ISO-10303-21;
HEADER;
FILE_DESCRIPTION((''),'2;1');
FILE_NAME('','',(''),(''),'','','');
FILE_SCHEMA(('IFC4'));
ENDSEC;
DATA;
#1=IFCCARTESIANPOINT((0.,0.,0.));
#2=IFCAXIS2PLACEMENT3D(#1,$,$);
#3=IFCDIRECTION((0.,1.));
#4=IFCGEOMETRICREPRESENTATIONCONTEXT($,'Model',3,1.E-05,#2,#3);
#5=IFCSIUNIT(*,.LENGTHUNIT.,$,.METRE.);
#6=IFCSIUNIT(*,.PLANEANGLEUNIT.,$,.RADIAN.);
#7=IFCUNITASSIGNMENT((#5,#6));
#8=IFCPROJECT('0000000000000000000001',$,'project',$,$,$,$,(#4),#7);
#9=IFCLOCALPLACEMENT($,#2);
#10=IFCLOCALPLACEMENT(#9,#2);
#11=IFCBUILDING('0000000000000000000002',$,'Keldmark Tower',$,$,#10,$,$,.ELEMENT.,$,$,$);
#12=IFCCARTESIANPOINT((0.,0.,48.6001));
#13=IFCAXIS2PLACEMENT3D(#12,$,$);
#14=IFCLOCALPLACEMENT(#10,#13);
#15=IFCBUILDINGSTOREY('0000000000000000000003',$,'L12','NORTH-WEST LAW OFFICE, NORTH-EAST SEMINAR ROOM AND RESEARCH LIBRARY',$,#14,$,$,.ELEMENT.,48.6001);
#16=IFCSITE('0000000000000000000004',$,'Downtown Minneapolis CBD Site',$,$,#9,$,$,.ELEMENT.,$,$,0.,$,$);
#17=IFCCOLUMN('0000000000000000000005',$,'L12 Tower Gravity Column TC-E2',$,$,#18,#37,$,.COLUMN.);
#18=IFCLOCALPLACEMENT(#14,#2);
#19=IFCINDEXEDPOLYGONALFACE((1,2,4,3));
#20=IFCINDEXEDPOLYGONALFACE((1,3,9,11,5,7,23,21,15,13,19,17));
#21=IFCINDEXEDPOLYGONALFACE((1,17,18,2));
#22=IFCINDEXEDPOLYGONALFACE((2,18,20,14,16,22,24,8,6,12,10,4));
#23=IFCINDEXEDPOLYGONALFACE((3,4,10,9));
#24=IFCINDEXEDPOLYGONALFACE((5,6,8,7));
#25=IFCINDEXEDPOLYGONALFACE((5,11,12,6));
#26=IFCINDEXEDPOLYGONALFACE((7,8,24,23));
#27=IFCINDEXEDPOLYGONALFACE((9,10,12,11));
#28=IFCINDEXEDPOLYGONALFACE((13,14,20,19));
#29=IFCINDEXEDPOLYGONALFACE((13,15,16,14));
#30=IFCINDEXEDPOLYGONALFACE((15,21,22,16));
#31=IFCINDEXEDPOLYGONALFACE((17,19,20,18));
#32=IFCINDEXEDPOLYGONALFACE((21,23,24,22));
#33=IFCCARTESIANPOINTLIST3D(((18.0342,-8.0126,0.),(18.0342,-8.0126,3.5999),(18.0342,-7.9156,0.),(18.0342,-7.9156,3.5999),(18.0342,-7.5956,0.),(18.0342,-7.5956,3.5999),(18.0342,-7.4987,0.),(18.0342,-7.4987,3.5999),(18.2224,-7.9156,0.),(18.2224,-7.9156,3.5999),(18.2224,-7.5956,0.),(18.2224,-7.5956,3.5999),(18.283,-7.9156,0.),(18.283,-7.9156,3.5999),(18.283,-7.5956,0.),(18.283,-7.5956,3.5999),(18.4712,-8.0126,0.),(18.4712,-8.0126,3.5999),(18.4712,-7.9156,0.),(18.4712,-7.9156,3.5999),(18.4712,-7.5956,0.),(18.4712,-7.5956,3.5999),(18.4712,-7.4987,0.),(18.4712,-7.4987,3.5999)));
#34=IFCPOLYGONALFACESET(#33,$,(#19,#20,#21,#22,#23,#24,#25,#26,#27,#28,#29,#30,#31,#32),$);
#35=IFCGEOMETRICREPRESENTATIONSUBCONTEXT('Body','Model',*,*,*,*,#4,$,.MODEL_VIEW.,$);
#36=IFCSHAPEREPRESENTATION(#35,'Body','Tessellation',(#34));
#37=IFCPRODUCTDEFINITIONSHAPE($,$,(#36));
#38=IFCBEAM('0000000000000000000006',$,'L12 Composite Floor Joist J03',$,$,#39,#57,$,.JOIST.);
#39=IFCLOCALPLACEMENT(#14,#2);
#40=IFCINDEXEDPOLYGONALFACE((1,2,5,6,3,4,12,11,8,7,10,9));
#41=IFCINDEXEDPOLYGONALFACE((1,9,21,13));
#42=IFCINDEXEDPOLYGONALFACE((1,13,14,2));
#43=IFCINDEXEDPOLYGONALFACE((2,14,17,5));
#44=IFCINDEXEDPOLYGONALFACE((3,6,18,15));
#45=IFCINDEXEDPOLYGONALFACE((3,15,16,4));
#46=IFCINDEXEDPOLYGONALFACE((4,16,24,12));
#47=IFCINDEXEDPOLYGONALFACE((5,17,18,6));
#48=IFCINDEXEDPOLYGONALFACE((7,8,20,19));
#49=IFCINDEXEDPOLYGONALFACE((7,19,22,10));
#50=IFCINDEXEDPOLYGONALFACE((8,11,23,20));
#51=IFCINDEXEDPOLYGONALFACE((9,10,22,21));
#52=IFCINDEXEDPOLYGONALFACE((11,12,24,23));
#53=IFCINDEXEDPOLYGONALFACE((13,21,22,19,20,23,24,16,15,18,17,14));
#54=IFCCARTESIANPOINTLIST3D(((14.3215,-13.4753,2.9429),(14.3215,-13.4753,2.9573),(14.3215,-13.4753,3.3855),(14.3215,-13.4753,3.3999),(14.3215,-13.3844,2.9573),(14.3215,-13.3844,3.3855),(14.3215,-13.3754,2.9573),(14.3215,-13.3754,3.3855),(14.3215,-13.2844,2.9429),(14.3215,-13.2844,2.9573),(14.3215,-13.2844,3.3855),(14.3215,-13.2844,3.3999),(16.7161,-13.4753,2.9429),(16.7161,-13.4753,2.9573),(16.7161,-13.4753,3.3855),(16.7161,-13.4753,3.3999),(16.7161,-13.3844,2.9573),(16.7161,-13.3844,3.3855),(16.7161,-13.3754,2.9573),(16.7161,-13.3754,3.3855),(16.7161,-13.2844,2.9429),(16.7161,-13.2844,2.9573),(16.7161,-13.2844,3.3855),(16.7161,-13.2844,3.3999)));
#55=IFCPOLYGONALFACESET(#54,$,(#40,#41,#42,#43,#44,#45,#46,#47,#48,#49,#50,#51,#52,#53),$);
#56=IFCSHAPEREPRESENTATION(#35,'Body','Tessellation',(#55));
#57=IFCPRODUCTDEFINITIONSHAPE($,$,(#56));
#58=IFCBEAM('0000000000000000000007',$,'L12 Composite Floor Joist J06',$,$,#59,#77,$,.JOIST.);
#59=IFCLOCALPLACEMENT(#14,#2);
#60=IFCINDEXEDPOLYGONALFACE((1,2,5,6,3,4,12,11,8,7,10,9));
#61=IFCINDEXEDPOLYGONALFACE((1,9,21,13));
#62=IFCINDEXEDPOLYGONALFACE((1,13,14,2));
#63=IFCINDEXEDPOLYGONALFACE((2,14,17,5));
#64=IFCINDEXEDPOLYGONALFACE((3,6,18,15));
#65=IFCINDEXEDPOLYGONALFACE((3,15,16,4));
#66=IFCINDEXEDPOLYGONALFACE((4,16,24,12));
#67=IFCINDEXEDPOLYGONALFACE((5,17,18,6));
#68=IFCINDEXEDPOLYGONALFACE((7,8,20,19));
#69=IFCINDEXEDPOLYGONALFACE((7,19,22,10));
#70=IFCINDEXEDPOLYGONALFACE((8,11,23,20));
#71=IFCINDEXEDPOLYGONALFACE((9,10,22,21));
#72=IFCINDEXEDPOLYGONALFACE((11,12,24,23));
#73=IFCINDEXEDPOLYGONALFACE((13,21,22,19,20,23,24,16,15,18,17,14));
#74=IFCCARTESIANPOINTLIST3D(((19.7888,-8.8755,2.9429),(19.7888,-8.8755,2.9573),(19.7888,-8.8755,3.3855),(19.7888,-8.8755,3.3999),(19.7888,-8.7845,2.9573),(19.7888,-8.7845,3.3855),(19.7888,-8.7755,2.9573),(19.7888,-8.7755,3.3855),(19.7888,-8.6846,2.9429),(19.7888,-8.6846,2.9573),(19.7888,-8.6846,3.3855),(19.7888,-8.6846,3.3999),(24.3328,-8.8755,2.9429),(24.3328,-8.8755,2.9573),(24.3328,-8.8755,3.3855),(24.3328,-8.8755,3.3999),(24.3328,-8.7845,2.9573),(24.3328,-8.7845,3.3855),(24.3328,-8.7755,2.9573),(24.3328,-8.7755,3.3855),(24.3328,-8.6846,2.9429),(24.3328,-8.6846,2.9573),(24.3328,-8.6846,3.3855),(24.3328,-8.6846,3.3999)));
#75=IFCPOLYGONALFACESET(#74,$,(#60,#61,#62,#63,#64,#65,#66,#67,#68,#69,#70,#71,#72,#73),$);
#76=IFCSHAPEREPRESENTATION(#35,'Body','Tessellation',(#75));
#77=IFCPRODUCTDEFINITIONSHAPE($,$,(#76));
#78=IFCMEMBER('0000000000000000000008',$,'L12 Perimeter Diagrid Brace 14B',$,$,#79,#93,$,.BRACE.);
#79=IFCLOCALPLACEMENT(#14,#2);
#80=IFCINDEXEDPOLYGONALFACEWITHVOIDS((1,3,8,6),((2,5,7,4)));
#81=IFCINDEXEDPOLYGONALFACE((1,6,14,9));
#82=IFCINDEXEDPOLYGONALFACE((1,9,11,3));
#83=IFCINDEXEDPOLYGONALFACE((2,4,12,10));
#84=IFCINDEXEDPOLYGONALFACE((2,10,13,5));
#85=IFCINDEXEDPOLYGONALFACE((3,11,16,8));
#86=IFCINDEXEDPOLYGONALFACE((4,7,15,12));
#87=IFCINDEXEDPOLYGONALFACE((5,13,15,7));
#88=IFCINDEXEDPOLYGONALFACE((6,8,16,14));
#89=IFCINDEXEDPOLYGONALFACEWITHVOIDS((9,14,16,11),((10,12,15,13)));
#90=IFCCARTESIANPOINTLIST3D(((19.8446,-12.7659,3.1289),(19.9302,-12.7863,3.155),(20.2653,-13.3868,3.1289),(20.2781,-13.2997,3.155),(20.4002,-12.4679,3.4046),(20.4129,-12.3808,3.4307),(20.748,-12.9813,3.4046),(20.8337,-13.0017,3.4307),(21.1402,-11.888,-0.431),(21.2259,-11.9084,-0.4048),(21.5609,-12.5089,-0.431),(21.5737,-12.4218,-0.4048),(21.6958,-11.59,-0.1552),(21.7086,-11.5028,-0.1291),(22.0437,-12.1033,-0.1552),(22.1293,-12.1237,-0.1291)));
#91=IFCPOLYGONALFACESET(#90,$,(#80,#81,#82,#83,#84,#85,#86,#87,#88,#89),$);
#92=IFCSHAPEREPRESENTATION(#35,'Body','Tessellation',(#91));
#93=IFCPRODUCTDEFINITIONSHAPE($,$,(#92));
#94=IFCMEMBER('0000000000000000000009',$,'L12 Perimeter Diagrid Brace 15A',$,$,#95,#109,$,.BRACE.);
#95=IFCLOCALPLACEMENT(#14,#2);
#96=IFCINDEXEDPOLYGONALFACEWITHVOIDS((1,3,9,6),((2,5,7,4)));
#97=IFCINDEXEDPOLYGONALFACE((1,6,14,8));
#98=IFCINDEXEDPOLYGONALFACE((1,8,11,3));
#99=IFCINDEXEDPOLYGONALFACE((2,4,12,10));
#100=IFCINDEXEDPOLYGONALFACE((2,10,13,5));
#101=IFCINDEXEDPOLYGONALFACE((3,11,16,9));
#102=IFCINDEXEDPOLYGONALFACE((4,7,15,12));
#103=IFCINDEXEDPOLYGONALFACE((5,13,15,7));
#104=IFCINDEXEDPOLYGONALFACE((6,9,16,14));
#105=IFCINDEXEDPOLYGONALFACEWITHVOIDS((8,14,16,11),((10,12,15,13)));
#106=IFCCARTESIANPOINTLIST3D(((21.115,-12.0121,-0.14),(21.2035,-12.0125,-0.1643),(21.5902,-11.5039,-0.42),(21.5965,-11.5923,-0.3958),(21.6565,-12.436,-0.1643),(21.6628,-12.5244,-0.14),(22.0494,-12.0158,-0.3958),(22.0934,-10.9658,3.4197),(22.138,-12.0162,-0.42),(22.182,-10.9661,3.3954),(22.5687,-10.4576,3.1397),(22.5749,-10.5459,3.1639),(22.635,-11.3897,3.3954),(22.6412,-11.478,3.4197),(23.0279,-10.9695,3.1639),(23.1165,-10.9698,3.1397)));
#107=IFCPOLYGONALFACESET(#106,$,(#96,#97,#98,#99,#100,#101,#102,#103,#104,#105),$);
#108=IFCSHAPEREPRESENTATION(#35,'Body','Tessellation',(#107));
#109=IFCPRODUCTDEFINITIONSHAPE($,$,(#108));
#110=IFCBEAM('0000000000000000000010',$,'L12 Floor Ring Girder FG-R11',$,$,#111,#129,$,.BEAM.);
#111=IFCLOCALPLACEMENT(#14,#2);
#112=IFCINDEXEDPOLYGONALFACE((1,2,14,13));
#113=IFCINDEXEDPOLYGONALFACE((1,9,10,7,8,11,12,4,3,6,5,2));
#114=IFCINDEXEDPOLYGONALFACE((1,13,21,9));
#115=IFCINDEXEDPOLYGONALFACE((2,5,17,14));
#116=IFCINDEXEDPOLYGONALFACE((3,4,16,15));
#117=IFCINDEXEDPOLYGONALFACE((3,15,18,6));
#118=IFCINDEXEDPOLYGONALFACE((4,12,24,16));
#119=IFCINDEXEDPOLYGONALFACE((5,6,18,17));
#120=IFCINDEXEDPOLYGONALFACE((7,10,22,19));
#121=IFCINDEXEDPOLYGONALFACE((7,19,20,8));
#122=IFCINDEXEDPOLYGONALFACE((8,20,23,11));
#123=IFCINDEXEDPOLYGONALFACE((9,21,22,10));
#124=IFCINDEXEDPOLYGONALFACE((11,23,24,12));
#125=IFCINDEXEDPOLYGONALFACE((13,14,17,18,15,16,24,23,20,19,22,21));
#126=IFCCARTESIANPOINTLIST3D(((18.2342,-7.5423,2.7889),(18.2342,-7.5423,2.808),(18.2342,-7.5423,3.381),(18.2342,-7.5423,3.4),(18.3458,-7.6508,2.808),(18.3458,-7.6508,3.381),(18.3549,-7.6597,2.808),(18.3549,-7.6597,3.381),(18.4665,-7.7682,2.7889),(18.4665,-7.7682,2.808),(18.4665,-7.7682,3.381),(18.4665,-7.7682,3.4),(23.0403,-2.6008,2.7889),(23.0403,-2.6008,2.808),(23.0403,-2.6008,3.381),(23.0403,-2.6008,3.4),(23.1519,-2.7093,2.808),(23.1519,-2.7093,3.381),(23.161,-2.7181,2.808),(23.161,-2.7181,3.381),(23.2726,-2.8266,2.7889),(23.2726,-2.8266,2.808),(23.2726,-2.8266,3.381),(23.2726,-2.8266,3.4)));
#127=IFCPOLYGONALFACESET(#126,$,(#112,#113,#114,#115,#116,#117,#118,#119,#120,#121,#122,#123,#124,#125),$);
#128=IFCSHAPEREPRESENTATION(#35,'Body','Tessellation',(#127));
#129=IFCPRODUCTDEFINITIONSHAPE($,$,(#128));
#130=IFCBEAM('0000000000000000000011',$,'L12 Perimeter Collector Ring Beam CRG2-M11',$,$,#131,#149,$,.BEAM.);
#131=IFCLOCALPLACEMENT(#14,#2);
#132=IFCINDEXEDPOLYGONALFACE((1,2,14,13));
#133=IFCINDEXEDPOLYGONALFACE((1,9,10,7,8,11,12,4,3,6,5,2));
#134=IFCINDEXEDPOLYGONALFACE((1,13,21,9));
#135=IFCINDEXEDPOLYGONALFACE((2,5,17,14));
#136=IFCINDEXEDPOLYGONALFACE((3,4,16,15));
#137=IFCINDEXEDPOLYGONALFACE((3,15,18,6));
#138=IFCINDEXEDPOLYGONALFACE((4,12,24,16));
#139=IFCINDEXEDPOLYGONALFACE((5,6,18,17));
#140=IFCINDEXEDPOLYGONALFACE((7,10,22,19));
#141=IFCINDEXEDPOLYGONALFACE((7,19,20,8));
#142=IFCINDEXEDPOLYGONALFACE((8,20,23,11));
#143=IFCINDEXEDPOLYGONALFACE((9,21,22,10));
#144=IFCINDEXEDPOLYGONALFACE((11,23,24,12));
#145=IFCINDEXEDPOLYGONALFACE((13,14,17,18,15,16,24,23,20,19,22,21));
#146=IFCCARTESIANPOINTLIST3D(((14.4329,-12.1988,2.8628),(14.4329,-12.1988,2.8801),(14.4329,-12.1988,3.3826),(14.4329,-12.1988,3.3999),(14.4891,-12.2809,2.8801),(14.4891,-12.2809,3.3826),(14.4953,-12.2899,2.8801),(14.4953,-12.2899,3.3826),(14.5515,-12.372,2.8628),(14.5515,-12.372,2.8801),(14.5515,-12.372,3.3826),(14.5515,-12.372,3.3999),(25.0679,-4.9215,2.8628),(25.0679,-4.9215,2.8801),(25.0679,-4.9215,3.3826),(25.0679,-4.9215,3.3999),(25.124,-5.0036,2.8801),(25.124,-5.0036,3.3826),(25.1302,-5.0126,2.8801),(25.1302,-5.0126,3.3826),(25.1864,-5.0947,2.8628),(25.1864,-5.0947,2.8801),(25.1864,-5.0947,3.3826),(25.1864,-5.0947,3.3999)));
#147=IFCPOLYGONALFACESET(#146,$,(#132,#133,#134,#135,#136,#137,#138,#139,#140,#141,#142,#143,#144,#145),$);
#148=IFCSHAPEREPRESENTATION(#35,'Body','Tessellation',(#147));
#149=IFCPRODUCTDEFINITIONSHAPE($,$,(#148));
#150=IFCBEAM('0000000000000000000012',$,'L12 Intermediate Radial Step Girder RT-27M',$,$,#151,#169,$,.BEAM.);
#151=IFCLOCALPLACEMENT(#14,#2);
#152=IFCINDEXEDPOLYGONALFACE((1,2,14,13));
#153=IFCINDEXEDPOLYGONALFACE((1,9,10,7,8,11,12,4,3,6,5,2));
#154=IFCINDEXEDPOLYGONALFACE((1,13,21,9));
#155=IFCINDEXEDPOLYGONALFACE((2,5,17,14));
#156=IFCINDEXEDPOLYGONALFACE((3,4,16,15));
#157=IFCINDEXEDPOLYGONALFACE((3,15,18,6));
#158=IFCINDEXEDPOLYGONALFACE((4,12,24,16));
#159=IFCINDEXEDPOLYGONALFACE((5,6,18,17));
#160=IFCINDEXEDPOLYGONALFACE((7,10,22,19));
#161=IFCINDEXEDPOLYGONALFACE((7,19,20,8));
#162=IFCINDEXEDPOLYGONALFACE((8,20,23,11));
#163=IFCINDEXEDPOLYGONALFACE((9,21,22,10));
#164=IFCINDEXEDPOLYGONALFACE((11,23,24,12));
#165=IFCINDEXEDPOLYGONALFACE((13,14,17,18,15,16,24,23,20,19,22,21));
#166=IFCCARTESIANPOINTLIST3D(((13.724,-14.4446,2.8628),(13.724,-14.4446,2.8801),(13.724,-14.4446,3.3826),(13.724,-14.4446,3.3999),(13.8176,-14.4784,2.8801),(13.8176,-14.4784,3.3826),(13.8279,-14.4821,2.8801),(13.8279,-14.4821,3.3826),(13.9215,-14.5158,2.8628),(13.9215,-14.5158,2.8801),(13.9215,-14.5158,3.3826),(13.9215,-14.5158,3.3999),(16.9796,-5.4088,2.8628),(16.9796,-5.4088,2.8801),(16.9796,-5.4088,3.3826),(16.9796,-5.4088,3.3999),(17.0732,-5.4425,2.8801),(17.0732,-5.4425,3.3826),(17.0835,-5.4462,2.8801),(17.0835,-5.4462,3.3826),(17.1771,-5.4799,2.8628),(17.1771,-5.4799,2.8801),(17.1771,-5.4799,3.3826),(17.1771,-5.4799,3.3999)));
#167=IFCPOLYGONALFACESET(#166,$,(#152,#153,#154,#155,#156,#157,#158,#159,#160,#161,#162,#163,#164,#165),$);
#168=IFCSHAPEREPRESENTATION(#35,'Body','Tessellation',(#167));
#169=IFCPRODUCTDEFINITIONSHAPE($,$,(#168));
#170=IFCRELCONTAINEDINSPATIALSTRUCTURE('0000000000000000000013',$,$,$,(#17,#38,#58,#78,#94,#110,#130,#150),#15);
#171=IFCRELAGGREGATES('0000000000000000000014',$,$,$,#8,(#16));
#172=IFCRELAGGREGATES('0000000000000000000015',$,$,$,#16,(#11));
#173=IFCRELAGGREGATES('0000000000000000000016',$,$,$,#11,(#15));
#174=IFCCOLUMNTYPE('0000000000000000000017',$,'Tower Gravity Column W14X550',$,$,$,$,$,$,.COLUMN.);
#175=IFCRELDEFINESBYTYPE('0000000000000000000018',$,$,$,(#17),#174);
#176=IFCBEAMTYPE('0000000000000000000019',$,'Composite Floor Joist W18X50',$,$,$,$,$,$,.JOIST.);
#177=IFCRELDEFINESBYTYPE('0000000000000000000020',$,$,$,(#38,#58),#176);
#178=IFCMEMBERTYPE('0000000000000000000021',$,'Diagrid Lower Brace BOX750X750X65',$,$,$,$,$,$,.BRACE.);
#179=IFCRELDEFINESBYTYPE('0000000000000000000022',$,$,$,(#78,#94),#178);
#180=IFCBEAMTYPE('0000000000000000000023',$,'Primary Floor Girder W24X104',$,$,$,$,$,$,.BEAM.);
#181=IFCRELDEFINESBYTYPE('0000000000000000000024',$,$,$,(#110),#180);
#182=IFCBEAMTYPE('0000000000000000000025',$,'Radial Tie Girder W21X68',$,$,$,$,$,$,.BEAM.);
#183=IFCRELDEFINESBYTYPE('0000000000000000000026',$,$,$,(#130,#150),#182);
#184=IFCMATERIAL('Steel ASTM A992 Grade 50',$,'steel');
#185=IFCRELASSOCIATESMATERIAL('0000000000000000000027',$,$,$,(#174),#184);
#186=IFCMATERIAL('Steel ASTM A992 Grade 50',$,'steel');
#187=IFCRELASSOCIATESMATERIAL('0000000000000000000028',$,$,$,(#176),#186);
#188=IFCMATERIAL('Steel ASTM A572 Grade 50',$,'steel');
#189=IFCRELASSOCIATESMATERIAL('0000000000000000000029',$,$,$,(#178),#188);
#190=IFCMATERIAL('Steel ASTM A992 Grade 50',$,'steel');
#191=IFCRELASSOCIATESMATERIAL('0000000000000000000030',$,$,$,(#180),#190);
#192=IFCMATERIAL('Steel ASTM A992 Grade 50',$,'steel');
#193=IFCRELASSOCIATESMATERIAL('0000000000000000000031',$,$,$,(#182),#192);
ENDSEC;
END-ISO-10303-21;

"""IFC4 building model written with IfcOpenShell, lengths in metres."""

from ifc_helpers import new_model, si_unit, direction, frame, origin, origin_2d, place, context, subcontext, project, spatial, hollow_rectangle, i_section, extrude, material, material_profile, profile_set, type_object, element, save


model = new_model("IFC4")

# Units and contexts
model_context = context("Model", 3, precision=1e-05, world=origin(), true_north=direction((0.0, 1.0)))
body_context = subcontext(model_context, "Body", "Model", "MODEL_VIEW")
ifc_project = project(units=[si_unit("LENGTHUNIT", "METRE"), si_unit("PLANEANGLEUNIT", "RADIAN")], contexts=[model_context])

# Site, building, storey
site_placement = place(None, origin())
site = spatial("IfcSite", under=ifc_project, at=site_placement, Name="Downtown Minneapolis CBD Site", CompositionType="ELEMENT", RefElevation=0.0)
building_placement = place(site_placement, origin())
building = spatial("IfcBuilding", under=site, at=building_placement, Name="Keldmark Tower", CompositionType="ELEMENT")
storey_placement = place(building_placement, frame((0.0, 0.0, 48.6001)))
storey = spatial("IfcBuildingStorey", under=building, at=storey_placement, Name="L12", Description="NORTH-WEST LAW OFFICE, NORTH-EAST SEMINAR ROOM AND RESEARCH LIBRARY", CompositionType="ELEMENT", Elevation=48.6001)

# Column
ifc_material_1 = material(Name="Steel ASTM A992 Grade 50", Category="steel")
ifc_material_profile_1 = material_profile(ifc_material_1, i_section(OverallWidth=0.437, OverallDepth=0.5139, WebThickness=0.0605, FlangeThickness=0.0969, at=origin_2d()), Name="W14X550")
ifc_profile_set_1 = profile_set([ifc_material_profile_1], Name="Steel ASTM A992 Grade 50")
column_type = type_object("IfcColumnType", Name="Tower Gravity Column W14X550", PredefinedType="COLUMN", material=ifc_profile_set_1)
column_placement = place(storey_placement, frame((18.2527, -7.7556, 0.0), z_axis=(0.0, 0.0, 1.0), x_axis=(1.0, 0.0, 0.0)))
element("IfcColumn", 1, at=column_placement, inside=storey, type_object=column_type, Name="L12 Tower Gravity Column TC-E2", PredefinedType="COLUMN", context=body_context, shape_type="SweptSolid", body=[
    extrude(i_section(OverallWidth=0.437, OverallDepth=0.5139, WebThickness=0.0605, FlangeThickness=0.0969, at=origin_2d()), origin(), (0.0, 0.0, 1.0), 3.5999),
])

# Beams
ifc_material_2 = material(Name="Steel ASTM A992 Grade 50", Category="steel")
ifc_material_profile_2 = material_profile(ifc_material_2, i_section(OverallWidth=0.1909, OverallDepth=0.457, WebThickness=0.009, FlangeThickness=0.0144, at=origin_2d()), Name="W18X50")
ifc_profile_set_2 = profile_set([ifc_material_profile_2], Name="Steel ASTM A992 Grade 50")
beam_type_1 = type_object("IfcBeamType", Name="Composite Floor Joist W18X50", PredefinedType="JOIST", material=ifc_profile_set_2)
beam_1_placement = place(storey_placement, frame((14.3215, -13.3799, 3.1714), z_axis=(1.0, 0.0, 0.0), x_axis=(0.0, 1.0, 0.0)))
element("IfcBeam", 2, at=beam_1_placement, inside=storey, type_object=beam_type_1, Name="L12 Composite Floor Joist J03", PredefinedType="JOIST", context=body_context, shape_type="SweptSolid", body=[
    extrude(i_section(OverallWidth=0.1909, OverallDepth=0.457, WebThickness=0.009, FlangeThickness=0.0144, at=origin_2d()), origin(), (0.0, 0.0, 1.0), 2.3945),
])
beam_2_placement = place(storey_placement, frame((19.7888, -8.78, 3.1714), z_axis=(1.0, 0.0, 0.0), x_axis=(0.0, 1.0, 0.0)))
element("IfcBeam", 3, at=beam_2_placement, inside=storey, type_object=beam_type_1, Name="L12 Composite Floor Joist J06", PredefinedType="JOIST", context=body_context, shape_type="SweptSolid", body=[
    extrude(i_section(OverallWidth=0.1909, OverallDepth=0.457, WebThickness=0.009, FlangeThickness=0.0144, at=origin_2d()), origin(), (0.0, 0.0, 1.0), 4.5439),
])

# Members
ifc_material_3 = material(Name="Steel ASTM A572 Grade 50", Category="steel")
ifc_material_profile_3 = material_profile(ifc_material_3, hollow_rectangle(XDim=0.75, YDim=0.75, WallThickness=0.0649, at=origin_2d()), Name="BOX750X750X65")
ifc_profile_set_3 = profile_set([ifc_material_profile_3], Name="Steel ASTM A572 Grade 50")
member_type = type_object("IfcMemberType", Name="Diagrid Lower Brace BOX750X750X65", PredefinedType="BRACE", material=ifc_profile_set_3)
member_1_placement = place(storey_placement, frame((21.6348, -12.0059, -0.28), z_axis=(-0.333187, -0.225766, 0.915432), x_axis=(0.560948, -0.827851, 0.0)))
element("IfcMember", 4, at=member_1_placement, inside=storey, type_object=member_type, Name="L12 Perimeter Diagrid Brace 14B", PredefinedType="BRACE", context=body_context, shape_type="SweptSolid", body=[
    extrude(hollow_rectangle(XDim=0.75, YDim=0.75, WallThickness=0.0649, at=origin_2d()), origin(), (0.0, 0.0, 1.0), 3.8887),
])
member_2_placement = place(storey_placement, frame((21.6265, -12.0142, -0.28), z_axis=(0.255003, 0.27269, 0.927693), x_axis=(-0.730398, 0.683022, 0.0)))
element("IfcMember", 5, at=member_2_placement, inside=storey, type_object=member_type, Name="L12 Perimeter Diagrid Brace 15A", PredefinedType="BRACE", context=body_context, shape_type="SweptSolid", body=[
    extrude(hollow_rectangle(XDim=0.75, YDim=0.75, WallThickness=0.0649, at=origin_2d()), origin(), (0.0, 0.0, 1.0), 3.8372),
])

# Beams
ifc_material_4 = material(Name="Steel ASTM A992 Grade 50", Category="steel")
ifc_material_profile_4 = material_profile(ifc_material_4, i_section(OverallWidth=0.324, OverallDepth=0.6111, WebThickness=0.0127, FlangeThickness=0.019, at=origin_2d()), Name="W24X104")
ifc_profile_set_4 = profile_set([ifc_material_profile_4], Name="Steel ASTM A992 Grade 50")
beam_type_2 = type_object("IfcBeamType", Name="Primary Floor Girder W24X104", PredefinedType="BEAM", material=ifc_profile_set_4)
beam_3_placement = place(storey_placement, frame((18.3503, -7.6553, 3.0945), z_axis=(0.69721, 0.716867, 0.0), x_axis=(-0.716867, 0.69721, 0.0)))
element("IfcBeam", 6, at=beam_3_placement, inside=storey, type_object=beam_type_2, Name="L12 Floor Ring Girder FG-R11", PredefinedType="BEAM", context=body_context, shape_type="SweptSolid", body=[
    extrude(i_section(OverallWidth=0.324, OverallDepth=0.6111, WebThickness=0.0127, FlangeThickness=0.019, at=origin_2d()), origin(), (0.0, 0.0, 1.0), 6.8933),
])
ifc_material_5 = material(Name="Steel ASTM A992 Grade 50", Category="steel")
ifc_material_profile_5 = material_profile(ifc_material_5, i_section(OverallWidth=0.21, OverallDepth=0.5371, WebThickness=0.011, FlangeThickness=0.0173, at=origin_2d()), Name="W21X68")
ifc_profile_set_5 = profile_set([ifc_material_profile_5], Name="Steel ASTM A992 Grade 50")
beam_type_3 = type_object("IfcBeamType", Name="Radial Tie Girder W21X68", PredefinedType="BEAM", material=ifc_profile_set_5)
beam_4_placement = place(storey_placement, frame((14.4922, -12.2854, 3.1313), z_axis=(0.82528, 0.564724, 0.0), x_axis=(-0.564724, 0.82528, 0.0)))
element("IfcBeam", 7, at=beam_4_placement, inside=storey, type_object=beam_type_3, Name="L12 Perimeter Collector Ring Beam CRG2-M11", PredefinedType="BEAM", context=body_context, shape_type="SweptSolid", body=[
    extrude(i_section(OverallWidth=0.21, OverallDepth=0.5371, WebThickness=0.011, FlangeThickness=0.0173, at=origin_2d()), origin(), (0.0, 0.0, 1.0), 12.8865),
])
beam_5_placement = place(storey_placement, frame((17.0784, -5.4443, 3.1313), z_axis=(-0.338968, -0.940798, 0.0), x_axis=(0.940798, -0.338968, 0.0)))
element("IfcBeam", 8, at=beam_5_placement, inside=storey, type_object=beam_type_3, Name="L12 Intermediate Radial Step Girder RT-27M", PredefinedType="BEAM", context=body_context, shape_type="SweptSolid", body=[
    extrude(i_section(OverallWidth=0.21, OverallDepth=0.5371, WebThickness=0.011, FlangeThickness=0.0173, at=origin_2d()), origin(), (0.0, 0.0, 1.0), 9.6045),
])

save(model, "model.ifc")
